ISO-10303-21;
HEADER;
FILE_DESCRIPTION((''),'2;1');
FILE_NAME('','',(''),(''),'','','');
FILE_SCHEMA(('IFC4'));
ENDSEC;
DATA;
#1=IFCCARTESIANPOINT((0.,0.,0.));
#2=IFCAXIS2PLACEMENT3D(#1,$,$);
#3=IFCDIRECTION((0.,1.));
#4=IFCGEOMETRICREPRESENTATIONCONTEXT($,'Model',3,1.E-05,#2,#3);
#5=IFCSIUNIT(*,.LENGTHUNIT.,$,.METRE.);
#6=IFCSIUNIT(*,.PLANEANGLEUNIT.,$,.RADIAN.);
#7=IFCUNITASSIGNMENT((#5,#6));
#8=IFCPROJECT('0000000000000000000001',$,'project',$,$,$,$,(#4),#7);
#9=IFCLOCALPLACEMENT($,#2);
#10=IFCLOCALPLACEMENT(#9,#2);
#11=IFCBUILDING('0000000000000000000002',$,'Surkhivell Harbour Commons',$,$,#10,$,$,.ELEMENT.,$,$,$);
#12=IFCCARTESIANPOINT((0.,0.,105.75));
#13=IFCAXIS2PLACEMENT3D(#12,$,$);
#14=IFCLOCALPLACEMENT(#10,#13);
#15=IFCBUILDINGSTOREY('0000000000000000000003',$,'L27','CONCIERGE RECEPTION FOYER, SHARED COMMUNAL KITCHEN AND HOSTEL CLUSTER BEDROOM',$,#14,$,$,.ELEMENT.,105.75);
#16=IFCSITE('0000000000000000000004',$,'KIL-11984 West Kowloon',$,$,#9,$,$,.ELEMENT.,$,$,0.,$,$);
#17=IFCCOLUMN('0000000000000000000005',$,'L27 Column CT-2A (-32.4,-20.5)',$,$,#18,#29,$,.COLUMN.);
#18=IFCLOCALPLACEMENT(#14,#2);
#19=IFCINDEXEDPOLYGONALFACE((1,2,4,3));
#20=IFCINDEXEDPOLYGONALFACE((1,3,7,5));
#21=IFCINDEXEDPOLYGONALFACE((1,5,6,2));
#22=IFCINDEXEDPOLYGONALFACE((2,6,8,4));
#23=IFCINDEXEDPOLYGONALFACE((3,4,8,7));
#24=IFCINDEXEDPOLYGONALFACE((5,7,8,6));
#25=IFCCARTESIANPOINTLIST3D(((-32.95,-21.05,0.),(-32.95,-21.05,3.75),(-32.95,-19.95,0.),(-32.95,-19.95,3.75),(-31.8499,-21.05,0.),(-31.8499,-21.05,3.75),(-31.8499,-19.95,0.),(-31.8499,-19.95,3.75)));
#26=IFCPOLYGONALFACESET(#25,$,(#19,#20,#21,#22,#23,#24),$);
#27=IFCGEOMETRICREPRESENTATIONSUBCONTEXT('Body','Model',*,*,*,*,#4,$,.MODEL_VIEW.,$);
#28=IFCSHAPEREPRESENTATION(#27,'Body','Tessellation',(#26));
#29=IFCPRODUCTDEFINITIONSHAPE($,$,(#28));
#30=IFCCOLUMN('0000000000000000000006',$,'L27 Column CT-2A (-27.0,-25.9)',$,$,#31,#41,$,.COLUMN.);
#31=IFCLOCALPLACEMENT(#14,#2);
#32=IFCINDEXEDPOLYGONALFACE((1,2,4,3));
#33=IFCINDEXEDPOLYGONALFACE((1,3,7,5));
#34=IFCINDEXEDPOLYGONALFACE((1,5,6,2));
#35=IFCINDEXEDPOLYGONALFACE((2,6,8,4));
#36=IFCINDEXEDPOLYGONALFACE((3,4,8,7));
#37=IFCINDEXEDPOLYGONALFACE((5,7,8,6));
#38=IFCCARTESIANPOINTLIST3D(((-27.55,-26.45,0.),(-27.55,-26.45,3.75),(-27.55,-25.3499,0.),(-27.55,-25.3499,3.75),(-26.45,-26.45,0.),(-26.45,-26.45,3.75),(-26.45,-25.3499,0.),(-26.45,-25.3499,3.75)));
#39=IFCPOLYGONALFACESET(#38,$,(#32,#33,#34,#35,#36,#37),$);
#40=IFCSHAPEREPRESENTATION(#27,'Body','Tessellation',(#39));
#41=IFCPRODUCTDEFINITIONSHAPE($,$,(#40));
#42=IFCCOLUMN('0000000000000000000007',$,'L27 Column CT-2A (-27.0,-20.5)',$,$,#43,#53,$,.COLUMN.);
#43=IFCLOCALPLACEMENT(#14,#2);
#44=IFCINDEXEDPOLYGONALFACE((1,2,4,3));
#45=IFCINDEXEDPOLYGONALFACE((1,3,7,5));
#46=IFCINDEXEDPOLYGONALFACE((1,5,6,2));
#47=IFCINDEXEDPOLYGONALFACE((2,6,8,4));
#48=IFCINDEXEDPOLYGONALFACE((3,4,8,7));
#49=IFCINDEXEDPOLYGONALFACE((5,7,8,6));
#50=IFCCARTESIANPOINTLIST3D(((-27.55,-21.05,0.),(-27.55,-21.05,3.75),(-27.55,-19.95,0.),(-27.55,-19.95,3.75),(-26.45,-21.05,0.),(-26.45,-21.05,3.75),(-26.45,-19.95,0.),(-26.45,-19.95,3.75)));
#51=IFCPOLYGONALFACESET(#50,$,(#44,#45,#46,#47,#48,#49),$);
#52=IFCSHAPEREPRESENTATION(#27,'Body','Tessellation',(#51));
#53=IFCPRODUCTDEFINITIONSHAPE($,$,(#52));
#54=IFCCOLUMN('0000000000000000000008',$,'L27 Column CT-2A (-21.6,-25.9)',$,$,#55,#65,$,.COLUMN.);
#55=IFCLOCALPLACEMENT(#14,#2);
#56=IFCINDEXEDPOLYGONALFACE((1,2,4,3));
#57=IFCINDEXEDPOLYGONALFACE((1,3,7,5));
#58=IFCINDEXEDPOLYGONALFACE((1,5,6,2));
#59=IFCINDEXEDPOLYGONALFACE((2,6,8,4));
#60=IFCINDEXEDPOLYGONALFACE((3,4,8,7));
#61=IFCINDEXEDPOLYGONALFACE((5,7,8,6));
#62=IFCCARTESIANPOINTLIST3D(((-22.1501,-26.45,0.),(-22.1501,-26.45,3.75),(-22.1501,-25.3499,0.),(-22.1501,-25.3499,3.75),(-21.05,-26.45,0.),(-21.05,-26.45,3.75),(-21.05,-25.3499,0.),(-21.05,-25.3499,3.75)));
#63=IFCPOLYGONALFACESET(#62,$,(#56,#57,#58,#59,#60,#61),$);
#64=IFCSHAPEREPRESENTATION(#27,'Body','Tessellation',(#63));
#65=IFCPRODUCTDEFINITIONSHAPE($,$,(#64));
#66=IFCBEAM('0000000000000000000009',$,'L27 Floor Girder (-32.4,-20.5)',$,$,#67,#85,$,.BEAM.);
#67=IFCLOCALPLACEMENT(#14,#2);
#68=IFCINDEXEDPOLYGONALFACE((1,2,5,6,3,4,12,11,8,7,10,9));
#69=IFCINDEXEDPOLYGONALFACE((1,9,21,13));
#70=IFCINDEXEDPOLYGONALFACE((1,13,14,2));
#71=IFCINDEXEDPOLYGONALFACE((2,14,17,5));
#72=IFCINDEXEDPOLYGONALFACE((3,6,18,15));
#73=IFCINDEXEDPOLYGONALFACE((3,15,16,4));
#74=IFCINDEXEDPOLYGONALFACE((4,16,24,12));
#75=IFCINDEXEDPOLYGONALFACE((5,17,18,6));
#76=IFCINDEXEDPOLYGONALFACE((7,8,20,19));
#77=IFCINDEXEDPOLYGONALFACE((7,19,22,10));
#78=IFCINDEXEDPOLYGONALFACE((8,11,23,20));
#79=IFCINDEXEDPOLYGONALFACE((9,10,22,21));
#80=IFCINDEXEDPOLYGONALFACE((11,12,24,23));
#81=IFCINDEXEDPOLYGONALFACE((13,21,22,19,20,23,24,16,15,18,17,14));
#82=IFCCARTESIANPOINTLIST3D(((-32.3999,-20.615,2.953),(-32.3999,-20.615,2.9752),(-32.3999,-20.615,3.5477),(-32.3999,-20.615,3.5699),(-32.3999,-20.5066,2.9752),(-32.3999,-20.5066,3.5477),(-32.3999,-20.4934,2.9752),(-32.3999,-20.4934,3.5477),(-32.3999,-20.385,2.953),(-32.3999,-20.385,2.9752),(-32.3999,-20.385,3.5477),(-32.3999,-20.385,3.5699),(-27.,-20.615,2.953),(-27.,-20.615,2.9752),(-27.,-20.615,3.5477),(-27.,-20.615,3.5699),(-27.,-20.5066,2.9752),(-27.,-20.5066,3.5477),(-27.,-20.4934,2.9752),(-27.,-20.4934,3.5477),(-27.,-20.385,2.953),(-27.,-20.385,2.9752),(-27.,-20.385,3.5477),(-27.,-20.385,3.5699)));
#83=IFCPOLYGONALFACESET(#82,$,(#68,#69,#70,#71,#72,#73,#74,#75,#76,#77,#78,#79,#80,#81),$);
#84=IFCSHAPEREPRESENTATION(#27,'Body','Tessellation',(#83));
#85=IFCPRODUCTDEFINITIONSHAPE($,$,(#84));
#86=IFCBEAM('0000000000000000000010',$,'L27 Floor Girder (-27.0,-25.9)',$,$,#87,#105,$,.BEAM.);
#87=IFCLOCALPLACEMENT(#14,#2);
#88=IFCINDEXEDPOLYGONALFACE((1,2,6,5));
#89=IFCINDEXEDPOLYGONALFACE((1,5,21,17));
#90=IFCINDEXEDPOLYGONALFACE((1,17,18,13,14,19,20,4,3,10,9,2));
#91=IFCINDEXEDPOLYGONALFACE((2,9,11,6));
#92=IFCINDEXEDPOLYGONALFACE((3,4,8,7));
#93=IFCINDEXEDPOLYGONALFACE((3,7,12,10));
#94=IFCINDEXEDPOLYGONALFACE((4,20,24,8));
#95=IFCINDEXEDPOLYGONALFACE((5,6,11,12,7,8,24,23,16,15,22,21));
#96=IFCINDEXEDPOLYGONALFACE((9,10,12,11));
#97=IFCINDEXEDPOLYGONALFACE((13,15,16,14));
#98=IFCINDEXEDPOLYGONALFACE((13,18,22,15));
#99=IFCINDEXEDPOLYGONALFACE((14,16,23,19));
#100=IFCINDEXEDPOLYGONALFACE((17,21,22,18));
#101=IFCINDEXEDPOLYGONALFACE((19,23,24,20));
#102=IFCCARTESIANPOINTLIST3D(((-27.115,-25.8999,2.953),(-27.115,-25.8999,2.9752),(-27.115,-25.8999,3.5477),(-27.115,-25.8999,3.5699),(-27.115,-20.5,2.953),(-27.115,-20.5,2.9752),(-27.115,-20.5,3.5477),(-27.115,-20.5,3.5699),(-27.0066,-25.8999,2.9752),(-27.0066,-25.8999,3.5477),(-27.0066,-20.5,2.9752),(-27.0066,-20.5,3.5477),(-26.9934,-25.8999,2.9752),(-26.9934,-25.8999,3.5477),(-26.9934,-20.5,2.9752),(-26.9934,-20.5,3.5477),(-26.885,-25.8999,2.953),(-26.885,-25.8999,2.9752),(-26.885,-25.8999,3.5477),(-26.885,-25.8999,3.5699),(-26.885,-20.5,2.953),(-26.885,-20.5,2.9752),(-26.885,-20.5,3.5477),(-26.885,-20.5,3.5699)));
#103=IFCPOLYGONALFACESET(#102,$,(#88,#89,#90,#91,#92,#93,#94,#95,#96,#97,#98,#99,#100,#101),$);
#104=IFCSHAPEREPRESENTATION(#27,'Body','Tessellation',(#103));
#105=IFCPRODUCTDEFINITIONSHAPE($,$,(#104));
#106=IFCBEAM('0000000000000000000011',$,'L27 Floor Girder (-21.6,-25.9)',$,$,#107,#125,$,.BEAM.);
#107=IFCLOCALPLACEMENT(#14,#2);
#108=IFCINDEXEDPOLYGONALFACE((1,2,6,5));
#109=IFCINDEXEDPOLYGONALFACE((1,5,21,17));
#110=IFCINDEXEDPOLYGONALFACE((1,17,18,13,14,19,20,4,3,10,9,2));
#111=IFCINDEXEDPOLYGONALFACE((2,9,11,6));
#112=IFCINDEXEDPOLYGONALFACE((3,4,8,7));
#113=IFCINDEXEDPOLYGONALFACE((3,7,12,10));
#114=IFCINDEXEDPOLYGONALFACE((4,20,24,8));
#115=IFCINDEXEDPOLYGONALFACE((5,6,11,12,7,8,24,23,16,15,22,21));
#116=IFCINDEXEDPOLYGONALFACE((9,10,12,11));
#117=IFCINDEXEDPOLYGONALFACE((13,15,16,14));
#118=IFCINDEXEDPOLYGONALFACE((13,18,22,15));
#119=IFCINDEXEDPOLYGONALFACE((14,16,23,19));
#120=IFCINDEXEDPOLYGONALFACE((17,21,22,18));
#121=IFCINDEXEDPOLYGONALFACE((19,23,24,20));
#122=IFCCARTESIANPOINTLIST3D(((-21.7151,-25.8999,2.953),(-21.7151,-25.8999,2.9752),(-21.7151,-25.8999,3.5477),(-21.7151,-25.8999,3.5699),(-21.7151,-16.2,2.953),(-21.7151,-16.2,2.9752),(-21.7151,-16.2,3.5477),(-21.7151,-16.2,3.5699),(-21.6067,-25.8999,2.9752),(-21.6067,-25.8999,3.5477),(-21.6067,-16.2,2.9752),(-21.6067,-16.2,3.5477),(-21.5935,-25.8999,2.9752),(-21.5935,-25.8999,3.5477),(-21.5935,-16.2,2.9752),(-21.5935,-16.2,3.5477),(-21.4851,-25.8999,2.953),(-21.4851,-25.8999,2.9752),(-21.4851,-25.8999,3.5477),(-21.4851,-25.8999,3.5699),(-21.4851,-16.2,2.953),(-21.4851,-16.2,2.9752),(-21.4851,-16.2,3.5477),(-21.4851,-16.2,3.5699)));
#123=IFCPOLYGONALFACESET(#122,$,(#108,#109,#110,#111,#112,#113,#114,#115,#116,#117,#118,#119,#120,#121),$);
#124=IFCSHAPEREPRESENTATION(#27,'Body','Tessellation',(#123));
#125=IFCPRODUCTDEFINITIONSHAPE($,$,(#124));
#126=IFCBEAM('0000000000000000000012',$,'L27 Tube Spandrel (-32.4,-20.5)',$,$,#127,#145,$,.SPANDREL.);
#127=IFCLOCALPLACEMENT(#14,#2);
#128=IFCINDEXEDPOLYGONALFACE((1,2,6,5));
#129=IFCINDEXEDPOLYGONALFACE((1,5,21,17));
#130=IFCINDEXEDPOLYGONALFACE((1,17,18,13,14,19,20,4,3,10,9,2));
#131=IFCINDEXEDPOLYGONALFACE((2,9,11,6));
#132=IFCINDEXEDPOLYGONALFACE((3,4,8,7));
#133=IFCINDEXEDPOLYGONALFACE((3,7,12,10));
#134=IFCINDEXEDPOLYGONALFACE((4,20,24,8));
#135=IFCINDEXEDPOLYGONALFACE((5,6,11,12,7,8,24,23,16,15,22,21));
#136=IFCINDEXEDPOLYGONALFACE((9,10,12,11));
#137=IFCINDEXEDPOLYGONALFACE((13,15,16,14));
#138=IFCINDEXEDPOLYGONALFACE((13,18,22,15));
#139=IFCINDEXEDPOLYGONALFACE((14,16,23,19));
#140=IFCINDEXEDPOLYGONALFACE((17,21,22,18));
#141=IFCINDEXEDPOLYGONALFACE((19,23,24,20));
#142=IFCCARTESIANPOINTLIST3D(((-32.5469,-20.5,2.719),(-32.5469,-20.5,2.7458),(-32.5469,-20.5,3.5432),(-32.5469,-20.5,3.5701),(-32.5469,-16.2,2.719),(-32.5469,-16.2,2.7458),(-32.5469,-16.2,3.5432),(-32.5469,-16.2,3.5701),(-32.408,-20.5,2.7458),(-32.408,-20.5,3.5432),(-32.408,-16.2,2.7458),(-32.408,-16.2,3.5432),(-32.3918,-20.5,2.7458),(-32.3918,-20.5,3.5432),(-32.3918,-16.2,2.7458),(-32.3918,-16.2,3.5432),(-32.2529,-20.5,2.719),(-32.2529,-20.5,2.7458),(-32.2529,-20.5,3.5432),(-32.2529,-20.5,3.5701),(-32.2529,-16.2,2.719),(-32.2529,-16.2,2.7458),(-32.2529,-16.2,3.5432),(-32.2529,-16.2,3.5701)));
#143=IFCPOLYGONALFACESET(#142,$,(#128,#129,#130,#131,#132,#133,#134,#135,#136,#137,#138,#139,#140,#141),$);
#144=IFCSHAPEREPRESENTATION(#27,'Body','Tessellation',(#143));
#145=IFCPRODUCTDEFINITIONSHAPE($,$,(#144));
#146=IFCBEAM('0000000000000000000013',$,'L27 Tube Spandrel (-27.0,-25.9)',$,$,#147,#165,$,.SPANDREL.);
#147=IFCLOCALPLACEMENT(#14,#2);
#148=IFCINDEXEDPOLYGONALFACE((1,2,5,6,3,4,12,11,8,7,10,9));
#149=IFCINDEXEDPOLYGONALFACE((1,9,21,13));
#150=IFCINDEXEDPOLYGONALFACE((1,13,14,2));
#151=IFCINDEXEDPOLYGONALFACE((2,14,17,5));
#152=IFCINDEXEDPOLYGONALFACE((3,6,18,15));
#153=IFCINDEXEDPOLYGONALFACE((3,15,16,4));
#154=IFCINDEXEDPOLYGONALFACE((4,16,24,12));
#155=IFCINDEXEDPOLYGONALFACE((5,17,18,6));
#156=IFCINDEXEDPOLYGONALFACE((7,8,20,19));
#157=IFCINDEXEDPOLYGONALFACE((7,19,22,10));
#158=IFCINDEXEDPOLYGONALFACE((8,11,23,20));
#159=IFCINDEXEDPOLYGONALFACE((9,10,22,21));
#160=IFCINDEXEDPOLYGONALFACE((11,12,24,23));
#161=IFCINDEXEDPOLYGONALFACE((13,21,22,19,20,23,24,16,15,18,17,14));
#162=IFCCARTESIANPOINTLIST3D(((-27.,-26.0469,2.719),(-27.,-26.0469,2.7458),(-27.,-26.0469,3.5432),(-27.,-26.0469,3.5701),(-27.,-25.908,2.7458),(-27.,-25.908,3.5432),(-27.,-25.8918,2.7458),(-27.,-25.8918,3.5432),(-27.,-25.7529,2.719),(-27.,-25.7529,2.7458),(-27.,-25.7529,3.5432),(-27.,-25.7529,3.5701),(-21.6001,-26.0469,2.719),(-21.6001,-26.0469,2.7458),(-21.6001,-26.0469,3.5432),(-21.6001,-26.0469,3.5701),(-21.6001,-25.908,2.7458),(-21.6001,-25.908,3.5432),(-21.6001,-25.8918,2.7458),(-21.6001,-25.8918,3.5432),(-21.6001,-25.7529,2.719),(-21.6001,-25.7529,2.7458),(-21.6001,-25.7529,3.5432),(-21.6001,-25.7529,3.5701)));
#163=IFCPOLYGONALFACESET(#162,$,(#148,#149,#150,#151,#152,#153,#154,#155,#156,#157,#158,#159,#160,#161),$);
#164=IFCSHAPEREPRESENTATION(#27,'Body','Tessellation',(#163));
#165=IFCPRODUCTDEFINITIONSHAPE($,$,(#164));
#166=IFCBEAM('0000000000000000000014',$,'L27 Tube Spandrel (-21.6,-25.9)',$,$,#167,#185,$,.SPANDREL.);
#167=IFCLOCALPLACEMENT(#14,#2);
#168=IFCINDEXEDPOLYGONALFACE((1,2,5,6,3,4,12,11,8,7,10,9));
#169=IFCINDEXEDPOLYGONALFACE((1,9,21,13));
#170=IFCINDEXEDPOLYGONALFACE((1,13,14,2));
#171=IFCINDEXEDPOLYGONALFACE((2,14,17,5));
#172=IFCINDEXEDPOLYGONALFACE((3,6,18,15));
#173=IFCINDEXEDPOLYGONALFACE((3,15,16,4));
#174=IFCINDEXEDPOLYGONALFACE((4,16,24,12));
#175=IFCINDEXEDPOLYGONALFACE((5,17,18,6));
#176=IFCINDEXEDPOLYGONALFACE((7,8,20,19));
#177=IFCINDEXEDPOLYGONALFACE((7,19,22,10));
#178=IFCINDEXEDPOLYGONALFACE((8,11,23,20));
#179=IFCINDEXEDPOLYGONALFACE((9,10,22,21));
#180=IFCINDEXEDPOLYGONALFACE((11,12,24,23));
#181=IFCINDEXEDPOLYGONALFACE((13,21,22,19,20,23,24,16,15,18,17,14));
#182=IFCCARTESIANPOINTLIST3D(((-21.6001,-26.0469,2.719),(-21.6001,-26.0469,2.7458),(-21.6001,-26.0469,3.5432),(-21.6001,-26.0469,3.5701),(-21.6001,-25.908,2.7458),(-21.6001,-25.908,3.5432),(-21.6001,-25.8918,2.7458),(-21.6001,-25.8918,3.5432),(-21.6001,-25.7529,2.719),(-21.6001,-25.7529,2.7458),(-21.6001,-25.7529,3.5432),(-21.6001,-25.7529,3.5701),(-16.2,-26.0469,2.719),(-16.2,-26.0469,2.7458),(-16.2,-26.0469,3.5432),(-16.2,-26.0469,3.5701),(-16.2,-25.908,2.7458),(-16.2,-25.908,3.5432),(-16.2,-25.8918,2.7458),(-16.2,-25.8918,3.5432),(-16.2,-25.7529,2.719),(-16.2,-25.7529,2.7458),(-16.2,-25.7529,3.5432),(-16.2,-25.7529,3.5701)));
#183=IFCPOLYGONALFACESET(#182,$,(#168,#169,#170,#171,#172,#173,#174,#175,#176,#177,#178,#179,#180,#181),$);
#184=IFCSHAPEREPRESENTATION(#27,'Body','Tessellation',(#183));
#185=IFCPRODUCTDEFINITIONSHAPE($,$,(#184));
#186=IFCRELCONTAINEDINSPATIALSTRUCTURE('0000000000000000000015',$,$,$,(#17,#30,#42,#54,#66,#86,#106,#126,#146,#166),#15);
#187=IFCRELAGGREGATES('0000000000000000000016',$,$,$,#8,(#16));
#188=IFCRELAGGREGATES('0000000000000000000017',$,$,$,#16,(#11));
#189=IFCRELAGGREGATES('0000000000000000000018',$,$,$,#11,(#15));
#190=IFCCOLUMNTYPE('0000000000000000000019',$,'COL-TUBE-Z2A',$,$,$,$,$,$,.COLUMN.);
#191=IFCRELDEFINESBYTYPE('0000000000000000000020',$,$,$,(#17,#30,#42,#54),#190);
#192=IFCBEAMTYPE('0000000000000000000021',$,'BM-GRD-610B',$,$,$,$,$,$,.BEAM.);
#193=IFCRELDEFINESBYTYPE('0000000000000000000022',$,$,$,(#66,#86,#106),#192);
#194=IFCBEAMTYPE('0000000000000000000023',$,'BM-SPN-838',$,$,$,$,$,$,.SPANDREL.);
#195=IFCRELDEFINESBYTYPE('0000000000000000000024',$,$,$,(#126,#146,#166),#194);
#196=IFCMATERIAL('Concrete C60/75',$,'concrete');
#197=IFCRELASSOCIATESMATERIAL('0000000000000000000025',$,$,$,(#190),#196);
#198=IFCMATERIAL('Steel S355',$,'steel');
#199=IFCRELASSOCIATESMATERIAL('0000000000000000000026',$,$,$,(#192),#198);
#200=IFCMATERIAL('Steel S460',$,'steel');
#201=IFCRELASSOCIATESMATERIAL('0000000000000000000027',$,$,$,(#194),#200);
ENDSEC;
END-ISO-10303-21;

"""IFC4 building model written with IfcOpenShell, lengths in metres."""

from ifc_helpers import new_model, si_unit, direction, frame, origin, origin_2d, place, context, subcontext, project, spatial, rectangle, i_section, extrude, material, material_profile, profile_set, type_object, element, save


model = new_model("IFC4")

# Units and contexts
model_context = context("Model", 3, precision=1e-05, world=origin(), true_north=direction((0.0, 1.0)))
body_context = subcontext(model_context, "Body", "Model", "MODEL_VIEW")
ifc_project = project(units=[si_unit("LENGTHUNIT", "METRE"), si_unit("PLANEANGLEUNIT", "RADIAN")], contexts=[model_context])

# Site, building, storey
site_placement = place(None, origin())
site = spatial("IfcSite", under=ifc_project, at=site_placement, Name="KIL-11984 West Kowloon", CompositionType="ELEMENT", RefElevation=0.0)
building_placement = place(site_placement, origin())
building = spatial("IfcBuilding", under=site, at=building_placement, Name="Surkhivell Harbour Commons", CompositionType="ELEMENT")
storey_placement = place(building_placement, frame((0.0, 0.0, 105.75)))
storey = spatial("IfcBuildingStorey", under=building, at=storey_placement, Name="L27", Description="CONCIERGE RECEPTION FOYER, SHARED COMMUNAL KITCHEN AND HOSTEL CLUSTER BEDROOM", CompositionType="ELEMENT", Elevation=105.75)

# Columns
ifc_material_1 = material(Name="Concrete C60/75", Category="concrete")
ifc_material_profile_1 = material_profile(ifc_material_1, rectangle(XDim=1.1001, YDim=1.1001, at=origin_2d()), Name="RC-COL-1100x1100")
ifc_profile_set_1 = profile_set([ifc_material_profile_1], Name="Concrete C60/75")
column_type = type_object("IfcColumnType", Name="COL-TUBE-Z2A", PredefinedType="COLUMN", material=ifc_profile_set_1)
for number, where, z_axis, x_axis, name in (
    (1, (-32.3999, -20.5, 0.0), (0.0, 0.0, 1.0), (1.0, 0.0, 0.0), "L27 Column CT-2A (-32.4,-20.5)"),
    (2, (-27.0, -25.8999, 0.0), (0.0, 0.0, 1.0), (1.0, 0.0, 0.0), "L27 Column CT-2A (-27.0,-25.9)"),
    (3, (-27.0, -20.5, 0.0), (0.0, 0.0, 1.0), (1.0, 0.0, 0.0), "L27 Column CT-2A (-27.0,-20.5)"),
    (4, (-21.6001, -25.8999, 0.0), (0.0, 0.0, 1.0), (1.0, 0.0, 0.0), "L27 Column CT-2A (-21.6,-25.9)"),
):
    element("IfcColumn", number, at=place(storey_placement, frame(where, z_axis=z_axis, x_axis=x_axis)), inside=storey, type_object=column_type, Name=name, PredefinedType="COLUMN", context=body_context, shape_type="SweptSolid", body=[
        extrude(rectangle(XDim=1.1001, YDim=1.1001, at=origin_2d()), origin(), (0.0, 0.0, 1.0), 3.75),
    ])

# Beams
ifc_material_2 = material(Name="Steel S355", Category="steel")
ifc_material_profile_2 = material_profile(ifc_material_2, i_section(OverallWidth=0.23, OverallDepth=0.6169, WebThickness=0.0132, FlangeThickness=0.0222, at=origin_2d()), Name="UB610x229x140")
ifc_profile_set_2 = profile_set([ifc_material_profile_2], Name="Steel S355")
beam_type_1 = type_object("IfcBeamType", Name="BM-GRD-610B", PredefinedType="BEAM", material=ifc_profile_set_2)
for number, where, z_axis, x_axis, name in (
    (5, (-32.3999, -20.5, 3.2615), (1.0, 0.0, 0.0), (0.0, 1.0, 0.0), "L27 Floor Girder (-32.4,-20.5)"),
    (6, (-27.0, -25.8999, 3.2615), (0.0, 1.0, 0.0), (-1.0, 0.0, 0.0), "L27 Floor Girder (-27.0,-25.9)"),
):
    element("IfcBeam", number, at=place(storey_placement, frame(where, z_axis=z_axis, x_axis=x_axis)), inside=storey, type_object=beam_type_1, Name=name, PredefinedType="BEAM", context=body_context, shape_type="SweptSolid", body=[
        extrude(i_section(OverallWidth=0.23, OverallDepth=0.6169, WebThickness=0.0132, FlangeThickness=0.0222, at=origin_2d()), origin(), (0.0, 0.0, 1.0), 5.3999),
    ])
beam_1_placement = place(storey_placement, frame((-21.6001, -25.8999, 3.2615), z_axis=(0.0, 1.0, 0.0), x_axis=(-1.0, 0.0, 0.0)))
element("IfcBeam", 7, at=beam_1_placement, inside=storey, type_object=beam_type_1, Name="L27 Floor Girder (-21.6,-25.9)", PredefinedType="BEAM", context=body_context, shape_type="SweptSolid", body=[
    extrude(i_section(OverallWidth=0.23, OverallDepth=0.6169, WebThickness=0.0132, FlangeThickness=0.0222, at=origin_2d()), origin(), (0.0, 0.0, 1.0), 9.7),
])
ifc_material_3 = material(Name="Steel S460", Category="steel")
ifc_material_profile_3 = material_profile(ifc_material_3, i_section(OverallWidth=0.2939, OverallDepth=0.8511, WebThickness=0.0161, FlangeThickness=0.0269, at=origin_2d()), Name="UB838x292x226")
ifc_profile_set_3 = profile_set([ifc_material_profile_3], Name="Steel S460")
beam_type_2 = type_object("IfcBeamType", Name="BM-SPN-838", PredefinedType="SPANDREL", material=ifc_profile_set_3)
beam_2_placement = place(storey_placement, frame((-32.3999, -20.5, 3.1445), z_axis=(0.0, 1.0, 0.0), x_axis=(-1.0, 0.0, 0.0)))
element("IfcBeam", 8, at=beam_2_placement, inside=storey, type_object=beam_type_2, Name="L27 Tube Spandrel (-32.4,-20.5)", PredefinedType="SPANDREL", context=body_context, shape_type="SweptSolid", body=[
    extrude(i_section(OverallWidth=0.2939, OverallDepth=0.8511, WebThickness=0.0161, FlangeThickness=0.0269, at=origin_2d()), origin(), (0.0, 0.0, 1.0), 4.3),
])
beam_3_placement = place(storey_placement, frame((-27.0, -25.8999, 3.1445), z_axis=(1.0, 0.0, 0.0), x_axis=(0.0, 1.0, 0.0)))
element("IfcBeam", 9, at=beam_3_placement, inside=storey, type_object=beam_type_2, Name="L27 Tube Spandrel (-27.0,-25.9)", PredefinedType="SPANDREL", context=body_context, shape_type="SweptSolid", body=[
    extrude(i_section(OverallWidth=0.2939, OverallDepth=0.8511, WebThickness=0.0161, FlangeThickness=0.0269, at=origin_2d()), origin(), (0.0, 0.0, 1.0), 5.3999),
])
beam_4_placement = place(storey_placement, frame((-21.6001, -25.8999, 3.1445), z_axis=(1.0, 0.0, 0.0), x_axis=(0.0, 1.0, 0.0)))
element("IfcBeam", 10, at=beam_4_placement, inside=storey, type_object=beam_type_2, Name="L27 Tube Spandrel (-21.6,-25.9)", PredefinedType="SPANDREL", context=body_context, shape_type="SweptSolid", body=[
    extrude(i_section(OverallWidth=0.2939, OverallDepth=0.8511, WebThickness=0.0161, FlangeThickness=0.0269, at=origin_2d()), origin(), (0.0, 0.0, 1.0), 5.4001),
])

save(model, "model.ifc")
